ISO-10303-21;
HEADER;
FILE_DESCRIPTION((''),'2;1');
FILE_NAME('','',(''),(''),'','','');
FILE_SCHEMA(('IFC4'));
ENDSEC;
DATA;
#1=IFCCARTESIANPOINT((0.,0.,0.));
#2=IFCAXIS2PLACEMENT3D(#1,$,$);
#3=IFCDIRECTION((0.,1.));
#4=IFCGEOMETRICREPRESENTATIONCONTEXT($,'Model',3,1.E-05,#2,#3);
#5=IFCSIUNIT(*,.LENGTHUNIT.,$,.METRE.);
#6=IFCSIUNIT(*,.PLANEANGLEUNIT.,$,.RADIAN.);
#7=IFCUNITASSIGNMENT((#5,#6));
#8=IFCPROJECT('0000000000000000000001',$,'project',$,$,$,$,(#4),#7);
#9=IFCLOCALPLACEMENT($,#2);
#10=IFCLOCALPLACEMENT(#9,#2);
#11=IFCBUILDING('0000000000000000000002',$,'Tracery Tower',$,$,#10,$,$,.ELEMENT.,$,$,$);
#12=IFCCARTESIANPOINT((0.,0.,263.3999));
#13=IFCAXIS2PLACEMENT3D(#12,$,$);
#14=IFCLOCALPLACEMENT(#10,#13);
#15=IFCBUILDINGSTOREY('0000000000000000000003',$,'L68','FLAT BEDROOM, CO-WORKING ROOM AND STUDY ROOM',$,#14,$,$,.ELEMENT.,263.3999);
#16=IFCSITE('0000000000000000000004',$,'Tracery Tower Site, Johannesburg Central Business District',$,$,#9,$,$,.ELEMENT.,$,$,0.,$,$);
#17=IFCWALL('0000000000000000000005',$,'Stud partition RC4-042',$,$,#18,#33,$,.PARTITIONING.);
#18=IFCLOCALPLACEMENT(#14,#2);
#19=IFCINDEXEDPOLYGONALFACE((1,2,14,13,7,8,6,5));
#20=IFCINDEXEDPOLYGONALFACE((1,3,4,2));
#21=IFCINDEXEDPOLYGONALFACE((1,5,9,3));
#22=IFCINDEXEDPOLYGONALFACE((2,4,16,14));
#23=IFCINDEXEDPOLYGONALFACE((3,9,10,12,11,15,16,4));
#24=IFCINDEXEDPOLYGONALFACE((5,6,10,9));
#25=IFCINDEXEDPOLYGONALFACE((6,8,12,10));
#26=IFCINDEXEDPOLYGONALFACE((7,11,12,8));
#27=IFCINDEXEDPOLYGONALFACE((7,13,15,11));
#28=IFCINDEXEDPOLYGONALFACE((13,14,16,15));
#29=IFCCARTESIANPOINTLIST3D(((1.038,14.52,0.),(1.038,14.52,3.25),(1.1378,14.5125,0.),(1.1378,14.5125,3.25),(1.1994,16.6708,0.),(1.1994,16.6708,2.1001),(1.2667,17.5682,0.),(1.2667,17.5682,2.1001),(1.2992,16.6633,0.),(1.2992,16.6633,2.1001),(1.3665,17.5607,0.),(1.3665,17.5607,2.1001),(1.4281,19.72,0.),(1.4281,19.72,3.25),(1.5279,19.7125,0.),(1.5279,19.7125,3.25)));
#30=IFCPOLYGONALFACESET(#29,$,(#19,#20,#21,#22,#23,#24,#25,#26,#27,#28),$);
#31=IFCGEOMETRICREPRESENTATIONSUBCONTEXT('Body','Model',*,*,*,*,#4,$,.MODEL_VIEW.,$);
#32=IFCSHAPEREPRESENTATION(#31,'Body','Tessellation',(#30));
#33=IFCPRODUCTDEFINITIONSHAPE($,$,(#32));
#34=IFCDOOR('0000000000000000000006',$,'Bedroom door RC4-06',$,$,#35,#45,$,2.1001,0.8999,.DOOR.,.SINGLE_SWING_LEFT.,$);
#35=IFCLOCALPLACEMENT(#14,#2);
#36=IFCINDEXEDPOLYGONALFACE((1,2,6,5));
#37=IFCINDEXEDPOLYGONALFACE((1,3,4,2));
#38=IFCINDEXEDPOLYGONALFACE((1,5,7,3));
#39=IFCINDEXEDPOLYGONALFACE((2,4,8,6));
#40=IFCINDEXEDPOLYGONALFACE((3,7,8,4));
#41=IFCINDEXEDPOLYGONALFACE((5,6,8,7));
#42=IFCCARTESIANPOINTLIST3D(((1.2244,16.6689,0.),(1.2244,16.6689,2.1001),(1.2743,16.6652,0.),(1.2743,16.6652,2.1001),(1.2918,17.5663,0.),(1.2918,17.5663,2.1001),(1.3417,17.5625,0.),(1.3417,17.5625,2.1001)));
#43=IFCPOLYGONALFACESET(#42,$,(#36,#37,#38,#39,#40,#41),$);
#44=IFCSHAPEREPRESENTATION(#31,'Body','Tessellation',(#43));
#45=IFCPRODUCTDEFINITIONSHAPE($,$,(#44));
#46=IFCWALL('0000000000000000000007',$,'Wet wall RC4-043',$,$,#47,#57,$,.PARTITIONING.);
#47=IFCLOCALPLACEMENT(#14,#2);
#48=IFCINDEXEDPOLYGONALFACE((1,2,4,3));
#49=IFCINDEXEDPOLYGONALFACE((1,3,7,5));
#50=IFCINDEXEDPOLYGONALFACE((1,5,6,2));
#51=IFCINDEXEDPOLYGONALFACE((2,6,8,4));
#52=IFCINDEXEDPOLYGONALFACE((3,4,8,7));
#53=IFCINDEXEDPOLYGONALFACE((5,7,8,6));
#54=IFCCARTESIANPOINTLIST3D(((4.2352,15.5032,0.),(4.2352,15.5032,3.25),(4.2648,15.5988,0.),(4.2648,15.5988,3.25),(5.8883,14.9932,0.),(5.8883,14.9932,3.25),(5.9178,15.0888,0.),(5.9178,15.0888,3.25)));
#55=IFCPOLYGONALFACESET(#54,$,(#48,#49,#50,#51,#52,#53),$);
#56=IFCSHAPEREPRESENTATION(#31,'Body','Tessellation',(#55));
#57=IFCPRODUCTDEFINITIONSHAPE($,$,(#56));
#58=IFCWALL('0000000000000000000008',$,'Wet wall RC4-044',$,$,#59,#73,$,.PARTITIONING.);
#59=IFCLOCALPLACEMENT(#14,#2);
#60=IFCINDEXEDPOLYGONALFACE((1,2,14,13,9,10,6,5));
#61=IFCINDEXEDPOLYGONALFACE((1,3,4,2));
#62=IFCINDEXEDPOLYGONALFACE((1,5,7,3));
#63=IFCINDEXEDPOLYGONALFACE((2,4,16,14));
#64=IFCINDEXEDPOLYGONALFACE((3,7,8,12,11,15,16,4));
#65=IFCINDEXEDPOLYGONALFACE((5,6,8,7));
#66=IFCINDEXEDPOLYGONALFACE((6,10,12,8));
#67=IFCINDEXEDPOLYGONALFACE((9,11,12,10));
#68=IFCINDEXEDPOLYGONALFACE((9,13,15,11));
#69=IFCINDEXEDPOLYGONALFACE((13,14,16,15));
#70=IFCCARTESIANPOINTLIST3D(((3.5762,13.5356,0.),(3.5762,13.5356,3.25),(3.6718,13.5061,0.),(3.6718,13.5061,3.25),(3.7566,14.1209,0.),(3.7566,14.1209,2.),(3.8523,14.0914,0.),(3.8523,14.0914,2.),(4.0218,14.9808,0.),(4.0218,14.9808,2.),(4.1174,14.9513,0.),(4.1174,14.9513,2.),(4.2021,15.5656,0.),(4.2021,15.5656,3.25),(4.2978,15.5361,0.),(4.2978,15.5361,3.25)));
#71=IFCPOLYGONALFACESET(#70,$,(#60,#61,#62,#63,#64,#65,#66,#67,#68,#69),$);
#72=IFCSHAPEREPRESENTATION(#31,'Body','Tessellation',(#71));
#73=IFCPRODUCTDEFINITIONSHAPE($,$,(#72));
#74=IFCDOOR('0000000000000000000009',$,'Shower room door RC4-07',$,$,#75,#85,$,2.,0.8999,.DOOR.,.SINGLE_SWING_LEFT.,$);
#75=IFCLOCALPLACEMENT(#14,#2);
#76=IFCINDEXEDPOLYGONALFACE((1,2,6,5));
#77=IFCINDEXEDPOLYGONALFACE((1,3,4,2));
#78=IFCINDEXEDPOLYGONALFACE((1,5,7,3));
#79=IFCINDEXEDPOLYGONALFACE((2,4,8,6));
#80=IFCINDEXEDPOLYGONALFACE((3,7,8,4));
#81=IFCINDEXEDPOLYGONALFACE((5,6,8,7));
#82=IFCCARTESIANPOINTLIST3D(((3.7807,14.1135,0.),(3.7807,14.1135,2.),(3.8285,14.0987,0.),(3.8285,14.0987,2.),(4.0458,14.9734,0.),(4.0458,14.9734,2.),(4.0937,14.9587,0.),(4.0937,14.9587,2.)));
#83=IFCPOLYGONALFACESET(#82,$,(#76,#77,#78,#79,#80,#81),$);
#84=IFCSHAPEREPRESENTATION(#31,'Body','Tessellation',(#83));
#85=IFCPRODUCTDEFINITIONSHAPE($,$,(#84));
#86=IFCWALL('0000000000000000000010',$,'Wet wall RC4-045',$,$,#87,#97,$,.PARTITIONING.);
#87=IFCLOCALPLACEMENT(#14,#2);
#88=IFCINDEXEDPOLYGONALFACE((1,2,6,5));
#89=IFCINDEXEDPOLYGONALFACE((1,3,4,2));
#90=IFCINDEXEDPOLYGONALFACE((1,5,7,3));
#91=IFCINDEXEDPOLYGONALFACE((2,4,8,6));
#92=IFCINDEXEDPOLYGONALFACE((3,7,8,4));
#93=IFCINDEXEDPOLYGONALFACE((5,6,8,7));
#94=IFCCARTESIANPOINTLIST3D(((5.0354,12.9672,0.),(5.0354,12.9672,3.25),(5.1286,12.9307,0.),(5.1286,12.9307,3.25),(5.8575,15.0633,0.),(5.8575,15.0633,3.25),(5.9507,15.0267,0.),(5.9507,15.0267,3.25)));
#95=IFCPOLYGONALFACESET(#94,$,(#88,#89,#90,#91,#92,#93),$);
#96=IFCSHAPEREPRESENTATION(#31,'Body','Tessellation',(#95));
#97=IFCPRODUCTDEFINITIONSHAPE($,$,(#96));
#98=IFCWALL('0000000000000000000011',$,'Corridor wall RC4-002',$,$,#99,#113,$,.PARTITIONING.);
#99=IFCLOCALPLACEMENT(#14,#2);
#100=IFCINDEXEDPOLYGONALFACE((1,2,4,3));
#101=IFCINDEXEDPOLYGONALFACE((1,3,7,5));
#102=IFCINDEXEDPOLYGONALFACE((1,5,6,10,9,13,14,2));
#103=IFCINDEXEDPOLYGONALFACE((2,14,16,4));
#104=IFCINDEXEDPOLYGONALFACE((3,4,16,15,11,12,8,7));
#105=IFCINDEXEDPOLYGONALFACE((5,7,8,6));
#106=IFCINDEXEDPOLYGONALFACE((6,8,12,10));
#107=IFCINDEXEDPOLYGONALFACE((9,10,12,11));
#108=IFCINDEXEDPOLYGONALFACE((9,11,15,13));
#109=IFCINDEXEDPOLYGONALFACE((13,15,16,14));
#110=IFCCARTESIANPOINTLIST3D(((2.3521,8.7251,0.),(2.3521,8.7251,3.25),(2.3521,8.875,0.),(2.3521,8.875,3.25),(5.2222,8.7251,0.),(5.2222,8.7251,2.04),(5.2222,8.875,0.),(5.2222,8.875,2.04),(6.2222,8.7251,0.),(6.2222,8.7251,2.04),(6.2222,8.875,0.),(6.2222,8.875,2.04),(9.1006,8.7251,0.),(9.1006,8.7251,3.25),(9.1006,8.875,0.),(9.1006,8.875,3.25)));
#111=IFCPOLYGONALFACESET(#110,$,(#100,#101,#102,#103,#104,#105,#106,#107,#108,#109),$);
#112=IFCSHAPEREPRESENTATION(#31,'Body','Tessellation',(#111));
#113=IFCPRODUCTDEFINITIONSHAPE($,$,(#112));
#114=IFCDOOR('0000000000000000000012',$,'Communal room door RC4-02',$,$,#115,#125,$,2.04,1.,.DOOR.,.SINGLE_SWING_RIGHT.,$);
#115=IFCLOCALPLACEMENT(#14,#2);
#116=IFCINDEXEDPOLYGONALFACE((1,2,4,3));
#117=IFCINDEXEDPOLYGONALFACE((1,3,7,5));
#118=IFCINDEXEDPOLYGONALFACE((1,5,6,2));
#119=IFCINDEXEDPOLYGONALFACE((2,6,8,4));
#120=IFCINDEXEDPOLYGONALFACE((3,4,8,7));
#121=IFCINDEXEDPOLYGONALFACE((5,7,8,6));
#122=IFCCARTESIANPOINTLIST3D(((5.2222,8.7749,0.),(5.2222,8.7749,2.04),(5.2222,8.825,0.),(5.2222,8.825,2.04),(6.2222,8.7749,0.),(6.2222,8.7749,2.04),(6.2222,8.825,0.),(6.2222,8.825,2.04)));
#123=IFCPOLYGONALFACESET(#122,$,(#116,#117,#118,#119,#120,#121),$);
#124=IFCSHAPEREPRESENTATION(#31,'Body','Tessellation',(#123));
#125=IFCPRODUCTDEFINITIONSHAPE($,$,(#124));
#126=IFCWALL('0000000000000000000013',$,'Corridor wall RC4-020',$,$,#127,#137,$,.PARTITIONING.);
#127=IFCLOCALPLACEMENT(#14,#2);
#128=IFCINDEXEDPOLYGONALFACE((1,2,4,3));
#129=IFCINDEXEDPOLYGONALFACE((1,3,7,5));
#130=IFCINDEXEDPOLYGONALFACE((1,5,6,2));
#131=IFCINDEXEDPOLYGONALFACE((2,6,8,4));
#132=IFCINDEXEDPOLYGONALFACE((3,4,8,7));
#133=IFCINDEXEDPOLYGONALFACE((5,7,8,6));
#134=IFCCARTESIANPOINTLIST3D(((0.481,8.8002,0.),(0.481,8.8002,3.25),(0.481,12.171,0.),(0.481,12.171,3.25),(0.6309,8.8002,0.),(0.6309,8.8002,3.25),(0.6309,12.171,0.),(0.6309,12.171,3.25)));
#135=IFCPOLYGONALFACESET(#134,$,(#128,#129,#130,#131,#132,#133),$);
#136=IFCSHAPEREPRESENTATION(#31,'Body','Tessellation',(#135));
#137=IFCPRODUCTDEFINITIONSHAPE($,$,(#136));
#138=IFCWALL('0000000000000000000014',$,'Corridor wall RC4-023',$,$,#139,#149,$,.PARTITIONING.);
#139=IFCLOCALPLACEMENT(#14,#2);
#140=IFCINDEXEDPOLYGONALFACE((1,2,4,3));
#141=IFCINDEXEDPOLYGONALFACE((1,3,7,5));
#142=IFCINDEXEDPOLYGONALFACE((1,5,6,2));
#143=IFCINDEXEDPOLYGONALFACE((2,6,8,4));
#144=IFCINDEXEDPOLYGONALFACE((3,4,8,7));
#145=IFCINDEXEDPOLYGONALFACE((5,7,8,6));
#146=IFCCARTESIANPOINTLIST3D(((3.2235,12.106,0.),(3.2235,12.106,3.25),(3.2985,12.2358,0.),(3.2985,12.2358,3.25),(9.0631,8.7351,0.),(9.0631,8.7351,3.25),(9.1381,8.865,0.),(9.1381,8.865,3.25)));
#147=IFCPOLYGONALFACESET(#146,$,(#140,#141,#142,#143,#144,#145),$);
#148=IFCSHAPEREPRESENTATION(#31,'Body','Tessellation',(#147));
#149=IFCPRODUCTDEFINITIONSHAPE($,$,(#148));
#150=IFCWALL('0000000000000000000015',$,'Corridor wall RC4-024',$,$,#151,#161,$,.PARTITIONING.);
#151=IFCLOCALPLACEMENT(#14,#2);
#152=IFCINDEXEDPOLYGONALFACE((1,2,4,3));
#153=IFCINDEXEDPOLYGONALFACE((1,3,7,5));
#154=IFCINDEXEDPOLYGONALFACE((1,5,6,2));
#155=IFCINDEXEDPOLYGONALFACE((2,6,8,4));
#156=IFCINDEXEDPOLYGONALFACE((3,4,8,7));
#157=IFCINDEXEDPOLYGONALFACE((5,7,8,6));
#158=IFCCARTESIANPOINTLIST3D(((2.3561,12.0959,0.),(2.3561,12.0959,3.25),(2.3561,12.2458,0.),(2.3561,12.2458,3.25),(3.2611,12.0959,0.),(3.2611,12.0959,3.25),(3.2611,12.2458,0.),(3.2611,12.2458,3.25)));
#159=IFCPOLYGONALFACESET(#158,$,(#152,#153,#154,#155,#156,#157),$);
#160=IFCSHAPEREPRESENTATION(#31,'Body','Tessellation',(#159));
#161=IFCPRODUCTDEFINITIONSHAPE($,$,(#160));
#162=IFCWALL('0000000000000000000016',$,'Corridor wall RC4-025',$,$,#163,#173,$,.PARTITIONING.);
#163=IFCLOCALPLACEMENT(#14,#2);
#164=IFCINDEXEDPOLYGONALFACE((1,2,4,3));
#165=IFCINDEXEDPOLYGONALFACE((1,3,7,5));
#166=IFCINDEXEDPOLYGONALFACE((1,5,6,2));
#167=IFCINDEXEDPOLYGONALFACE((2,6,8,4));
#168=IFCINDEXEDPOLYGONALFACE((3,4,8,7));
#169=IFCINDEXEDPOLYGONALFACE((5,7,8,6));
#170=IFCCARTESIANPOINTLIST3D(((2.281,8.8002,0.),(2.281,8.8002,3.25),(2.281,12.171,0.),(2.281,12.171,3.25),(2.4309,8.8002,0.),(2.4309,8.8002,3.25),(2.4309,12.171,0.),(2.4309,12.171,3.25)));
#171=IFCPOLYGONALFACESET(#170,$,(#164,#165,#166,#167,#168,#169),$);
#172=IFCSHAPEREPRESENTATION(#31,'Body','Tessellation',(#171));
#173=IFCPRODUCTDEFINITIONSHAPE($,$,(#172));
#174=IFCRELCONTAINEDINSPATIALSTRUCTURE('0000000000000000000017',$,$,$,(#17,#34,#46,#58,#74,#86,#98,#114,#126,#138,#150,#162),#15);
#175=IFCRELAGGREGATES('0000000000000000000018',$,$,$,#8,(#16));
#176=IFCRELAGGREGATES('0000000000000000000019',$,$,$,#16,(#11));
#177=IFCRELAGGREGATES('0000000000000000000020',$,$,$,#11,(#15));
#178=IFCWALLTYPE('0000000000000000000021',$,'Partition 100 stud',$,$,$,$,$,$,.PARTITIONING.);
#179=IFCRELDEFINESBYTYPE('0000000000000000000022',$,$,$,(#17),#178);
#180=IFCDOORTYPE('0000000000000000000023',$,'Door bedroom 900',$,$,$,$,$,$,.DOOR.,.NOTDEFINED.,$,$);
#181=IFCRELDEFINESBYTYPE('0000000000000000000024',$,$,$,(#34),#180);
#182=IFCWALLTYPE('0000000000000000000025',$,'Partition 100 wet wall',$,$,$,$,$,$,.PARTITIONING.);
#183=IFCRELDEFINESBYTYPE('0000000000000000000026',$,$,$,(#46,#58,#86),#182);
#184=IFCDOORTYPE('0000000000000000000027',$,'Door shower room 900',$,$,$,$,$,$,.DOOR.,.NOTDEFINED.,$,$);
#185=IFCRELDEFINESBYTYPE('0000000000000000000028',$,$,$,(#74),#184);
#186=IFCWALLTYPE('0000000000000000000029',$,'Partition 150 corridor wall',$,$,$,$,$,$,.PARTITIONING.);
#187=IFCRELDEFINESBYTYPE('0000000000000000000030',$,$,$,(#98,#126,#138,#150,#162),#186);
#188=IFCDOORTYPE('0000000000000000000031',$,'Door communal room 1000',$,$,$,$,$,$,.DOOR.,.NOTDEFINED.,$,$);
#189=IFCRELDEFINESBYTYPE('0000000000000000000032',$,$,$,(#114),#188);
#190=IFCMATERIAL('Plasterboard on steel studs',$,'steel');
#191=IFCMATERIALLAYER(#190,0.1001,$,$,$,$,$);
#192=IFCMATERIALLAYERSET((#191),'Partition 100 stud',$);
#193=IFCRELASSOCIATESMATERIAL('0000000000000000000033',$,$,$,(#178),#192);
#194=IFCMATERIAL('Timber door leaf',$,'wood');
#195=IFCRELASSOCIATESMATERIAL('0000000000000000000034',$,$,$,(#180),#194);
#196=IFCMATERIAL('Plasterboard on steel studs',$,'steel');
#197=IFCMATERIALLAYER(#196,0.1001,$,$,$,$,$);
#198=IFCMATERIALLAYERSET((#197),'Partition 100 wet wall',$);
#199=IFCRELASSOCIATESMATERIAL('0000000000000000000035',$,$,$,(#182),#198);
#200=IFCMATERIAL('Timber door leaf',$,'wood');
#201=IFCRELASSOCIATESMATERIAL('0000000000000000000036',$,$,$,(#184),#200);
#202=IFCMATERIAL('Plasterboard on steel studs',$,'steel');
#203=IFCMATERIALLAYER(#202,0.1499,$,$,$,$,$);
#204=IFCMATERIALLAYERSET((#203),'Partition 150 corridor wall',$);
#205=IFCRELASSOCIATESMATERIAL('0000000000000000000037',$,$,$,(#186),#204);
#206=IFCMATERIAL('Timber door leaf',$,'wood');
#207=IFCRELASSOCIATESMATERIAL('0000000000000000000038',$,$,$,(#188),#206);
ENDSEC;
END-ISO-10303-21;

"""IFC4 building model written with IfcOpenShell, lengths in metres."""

from ifc_helpers import new_model, si_unit, direction, frame, frame_2d, origin, place, context, subcontext, project, spatial, rectangle, extrude, material, layer, layer_set, type_object, element, fill, save


model = new_model("IFC4")

# Units and contexts
model_context = context("Model", 3, precision=1e-05, world=origin(), true_north=direction((0.0, 1.0)))
body_context = subcontext(model_context, "Body", "Model", "MODEL_VIEW")
ifc_project = project(units=[si_unit("LENGTHUNIT", "METRE"), si_unit("PLANEANGLEUNIT", "RADIAN")], contexts=[model_context])

# Site, building, storey
site_placement = place(None, origin())
site = spatial("IfcSite", under=ifc_project, at=site_placement, Name="Tracery Tower Site, Johannesburg Central Business District", CompositionType="ELEMENT", RefElevation=0.0)
building_placement = place(site_placement, origin())
building = spatial("IfcBuilding", under=site, at=building_placement, Name="Tracery Tower", CompositionType="ELEMENT")
storey_placement = place(building_placement, frame((0.0, 0.0, 263.3999)))
storey = spatial("IfcBuildingStorey", under=building, at=storey_placement, Name="L68", Description="FLAT BEDROOM, CO-WORKING ROOM AND STUDY ROOM", CompositionType="ELEMENT", Elevation=263.3999)

# Wall, opening, door
ifc_material_1 = material(Name="Plasterboard on steel studs", Category="steel")
ifc_layer_1 = layer(ifc_material_1, 0.1001)
ifc_layer_set_1 = layer_set([ifc_layer_1], Name="Partition 100 stud")
wall_type_1 = type_object("IfcWallType", Name="Partition 100 stud", PredefinedType="PARTITIONING", material=ifc_layer_set_1)
ifc_material_2 = material(Name="Timber door leaf", Category="wood")
door_type_1 = type_object("IfcDoorType", Name="Door bedroom 900", OperationType="NOTDEFINED", PredefinedType="DOOR", material=ifc_material_2)
wall_1_placement = place(storey_placement, frame((1.0879, 14.5161, 0.0), z_axis=(0.0, 0.0, 1.0), x_axis=(0.074817, 0.997197, 0.0)))
wall_1 = element("IfcWall", 1, at=wall_1_placement, inside=storey, type_object=wall_type_1, Name="Stud partition RC4-042", PredefinedType="PARTITIONING", context=body_context, shape_type="SweptSolid", body=[
    extrude(rectangle(XDim=5.2146, YDim=0.1001, at=frame_2d((2.6074, 0.0))), origin(), (0.0, 0.0, 1.0), 3.25),
])
opening_1_placement = place(wall_1_placement, frame((2.157, 0.0, 0.0)))
opening_1 = element("IfcOpeningElement", 2, at=opening_1_placement, cuts=wall_1, PredefinedType="OPENING", context=body_context, shape_type="SweptSolid", body=[
    extrude(rectangle(XDim=0.8999, YDim=2.1001, at=frame_2d((0.45, 1.05))), frame((0.0, 0.05, 0.0), z_axis=(0.0, -1.0, 0.0), x_axis=(1.0, 0.0, 0.0)), (0.0, 0.0, 1.0), 0.1001),
])
door_1_placement = place(opening_1_placement, origin())
door_1 = element("IfcDoor", 3, at=door_1_placement, inside=storey, type_object=door_type_1, Name="Bedroom door RC4-06", OperationType="SINGLE_SWING_LEFT", OverallHeight=2.1001, OverallWidth=0.8999, PredefinedType="DOOR", context=body_context, shape_type="SweptSolid", body=[
    extrude(rectangle(XDim=0.8999, YDim=2.1001, at=frame_2d((0.45, 1.05))), frame((0.0, 0.0249, 0.0), z_axis=(0.0, -1.0, 0.0), x_axis=(1.0, 0.0, 0.0)), (0.0, 0.0, 1.0), 0.05),
])
fill(opening_1, door_1)

# Wall
ifc_material_3 = material(Name="Plasterboard on steel studs", Category="steel")
ifc_layer_2 = layer(ifc_material_3, 0.1001)
ifc_layer_set_2 = layer_set([ifc_layer_2], Name="Partition 100 wet wall")
wall_type_2 = type_object("IfcWallType", Name="Partition 100 wet wall", PredefinedType="PARTITIONING", material=ifc_layer_set_2)
wall_2_placement = place(storey_placement, frame((4.25, 15.551, 0.0), z_axis=(0.0, 0.0, 1.0), x_axis=(0.955556, -0.29481, 0.0)))
element("IfcWall", 4, at=wall_2_placement, inside=storey, type_object=wall_type_2, Name="Wet wall RC4-043", PredefinedType="PARTITIONING", context=body_context, shape_type="SweptSolid", body=[
    extrude(rectangle(XDim=1.73, YDim=0.1001, at=frame_2d((0.865, 0.0))), origin(), (0.0, 0.0, 1.0), 3.25),
])

# Wall, opening, door
wall_3_placement = place(storey_placement, frame((3.624, 13.521, 0.0), z_axis=(0.0, 0.0, 1.0), x_axis=(0.294667, 0.9556, 0.0)))
wall_3 = element("IfcWall", 5, at=wall_3_placement, inside=storey, type_object=wall_type_2, Name="Wet wall RC4-044", PredefinedType="PARTITIONING", context=body_context, shape_type="SweptSolid", body=[
    extrude(rectangle(XDim=2.1243, YDim=0.1001, at=frame_2d((1.062, 0.0))), origin(), (0.0, 0.0, 1.0), 3.25),
])
opening_2_placement = place(wall_3_placement, frame((0.6123, 0.0, 0.0)))
opening_2 = element("IfcOpeningElement", 6, at=opening_2_placement, cuts=wall_3, PredefinedType="OPENING", context=body_context, shape_type="SweptSolid", body=[
    extrude(rectangle(XDim=0.8999, YDim=2.0, at=frame_2d((0.45, 1.0))), frame((0.0, 0.05, 0.0), z_axis=(0.0, -1.0, 0.0), x_axis=(1.0, 0.0, 0.0)), (0.0, 0.0, 1.0), 0.1001),
])
ifc_material_4 = material(Name="Timber door leaf", Category="wood")
door_type_2 = type_object("IfcDoorType", Name="Door shower room 900", OperationType="NOTDEFINED", PredefinedType="DOOR", material=ifc_material_4)
door_2_placement = place(opening_2_placement, origin())
door_2 = element("IfcDoor", 7, at=door_2_placement, inside=storey, type_object=door_type_2, Name="Shower room door RC4-07", OperationType="SINGLE_SWING_LEFT", OverallHeight=2.0, OverallWidth=0.8999, PredefinedType="DOOR", context=body_context, shape_type="SweptSolid", body=[
    extrude(rectangle(XDim=0.8999, YDim=2.0, at=frame_2d((0.45, 1.0))), frame((0.0, 0.0249, 0.0), z_axis=(0.0, -1.0, 0.0), x_axis=(1.0, 0.0, 0.0)), (0.0, 0.0, 1.0), 0.05),
])
fill(opening_2, door_2)

# Wall
wall_4_placement = place(storey_placement, frame((5.082, 12.949, 0.0), z_axis=(0.0, 0.0, 1.0), x_axis=(0.365119, 0.930961, 0.0)))
element("IfcWall", 8, at=wall_4_placement, inside=storey, type_object=wall_type_2, Name="Wet wall RC4-045", PredefinedType="PARTITIONING", context=body_context, shape_type="SweptSolid", body=[
    extrude(rectangle(XDim=2.2515, YDim=0.1001, at=frame_2d((1.1257, 0.0))), origin(), (0.0, 0.0, 1.0), 3.25),
])

# Wall, opening, door
ifc_material_5 = material(Name="Plasterboard on steel studs", Category="steel")
ifc_layer_3 = layer(ifc_material_5, 0.1499)
ifc_layer_set_3 = layer_set([ifc_layer_3], Name="Partition 150 corridor wall")
wall_type_3 = type_object("IfcWallType", Name="Partition 150 corridor wall", PredefinedType="PARTITIONING", material=ifc_layer_set_3)
wall_5_placement = place(storey_placement, frame((2.3521, 8.8, 0.0), z_axis=(0.0, 0.0, 1.0), x_axis=(1.0, 0.0, 0.0)))
wall_5 = element("IfcWall", 9, at=wall_5_placement, inside=storey, type_object=wall_type_3, Name="Corridor wall RC4-002", PredefinedType="PARTITIONING", context=body_context, shape_type="SweptSolid", body=[
    extrude(rectangle(XDim=6.7485, YDim=0.1499, at=frame_2d((3.3743, 0.0))), origin(), (0.0, 0.0, 1.0), 3.25),
])
opening_3_placement = place(wall_5_placement, frame((2.8701, 0.0, 0.0)))
opening_3 = element("IfcOpeningElement", 10, at=opening_3_placement, cuts=wall_5, PredefinedType="OPENING", context=body_context, shape_type="SweptSolid", body=[
    extrude(rectangle(XDim=1.0, YDim=2.04, at=frame_2d((0.5, 1.02))), frame((0.0, 0.075, 0.0), z_axis=(0.0, -1.0, 0.0), x_axis=(1.0, 0.0, 0.0)), (0.0, 0.0, 1.0), 0.1499),
])
ifc_material_6 = material(Name="Timber door leaf", Category="wood")
door_type_3 = type_object("IfcDoorType", Name="Door communal room 1000", OperationType="NOTDEFINED", PredefinedType="DOOR", material=ifc_material_6)
door_3_placement = place(opening_3_placement, origin())
door_3 = element("IfcDoor", 11, at=door_3_placement, inside=storey, type_object=door_type_3, Name="Communal room door RC4-02", OperationType="SINGLE_SWING_RIGHT", OverallHeight=2.04, OverallWidth=1.0, PredefinedType="DOOR", context=body_context, shape_type="SweptSolid", body=[
    extrude(rectangle(XDim=1.0, YDim=2.04, at=frame_2d((0.5, 1.02))), frame((0.0, 0.0249, 0.0), z_axis=(0.0, -1.0, 0.0), x_axis=(1.0, 0.0, 0.0)), (0.0, 0.0, 1.0), 0.05),
])
fill(opening_3, door_3)

# Walls
wall_6_placement = place(storey_placement, frame((0.5559, 8.8, 0.0), z_axis=(0.0, 0.0, 1.0), x_axis=(0.0, 1.0, 0.0)))
element("IfcWall", 12, at=wall_6_placement, inside=storey, type_object=wall_type_3, Name="Corridor wall RC4-020", PredefinedType="PARTITIONING", context=body_context, shape_type="SweptSolid", body=[
    extrude(rectangle(XDim=3.3708, YDim=0.1499, at=frame_2d((1.6855, 0.0))), origin(), (0.0, 0.0, 1.0), 3.25),
])
wall_7_placement = place(storey_placement, frame((3.261, 12.1709, 0.0), z_axis=(0.0, 0.0, 1.0), x_axis=(0.866067, -0.499928, 0.0)))
element("IfcWall", 13, at=wall_7_placement, inside=storey, type_object=wall_type_3, Name="Corridor wall RC4-023", PredefinedType="PARTITIONING", context=body_context, shape_type="SweptSolid", body=[
    extrude(rectangle(XDim=6.7427, YDim=0.1499, at=frame_2d((3.3713, 0.0))), origin(), (0.0, 0.0, 1.0), 3.25),
])
wall_8_placement = place(storey_placement, frame((2.356, 12.1709, 0.0), z_axis=(0.0, 0.0, 1.0), x_axis=(1.0, 0.0, 0.0)))
element("IfcWall", 14, at=wall_8_placement, inside=storey, type_object=wall_type_3, Name="Corridor wall RC4-024", PredefinedType="PARTITIONING", context=body_context, shape_type="SweptSolid", body=[
    extrude(rectangle(XDim=0.905, YDim=0.1499, at=frame_2d((0.4526, 0.0))), origin(), (0.0, 0.0, 1.0), 3.25),
])
wall_9_placement = place(storey_placement, frame((2.356, 8.8, 0.0), z_axis=(0.0, 0.0, 1.0), x_axis=(0.0, 1.0, 0.0)))
element("IfcWall", 15, at=wall_9_placement, inside=storey, type_object=wall_type_3, Name="Corridor wall RC4-025", PredefinedType="PARTITIONING", context=body_context, shape_type="SweptSolid", body=[
    extrude(rectangle(XDim=3.3708, YDim=0.1499, at=frame_2d((1.6855, 0.0))), origin(), (0.0, 0.0, 1.0), 3.25),
])

save(model, "model.ifc")
